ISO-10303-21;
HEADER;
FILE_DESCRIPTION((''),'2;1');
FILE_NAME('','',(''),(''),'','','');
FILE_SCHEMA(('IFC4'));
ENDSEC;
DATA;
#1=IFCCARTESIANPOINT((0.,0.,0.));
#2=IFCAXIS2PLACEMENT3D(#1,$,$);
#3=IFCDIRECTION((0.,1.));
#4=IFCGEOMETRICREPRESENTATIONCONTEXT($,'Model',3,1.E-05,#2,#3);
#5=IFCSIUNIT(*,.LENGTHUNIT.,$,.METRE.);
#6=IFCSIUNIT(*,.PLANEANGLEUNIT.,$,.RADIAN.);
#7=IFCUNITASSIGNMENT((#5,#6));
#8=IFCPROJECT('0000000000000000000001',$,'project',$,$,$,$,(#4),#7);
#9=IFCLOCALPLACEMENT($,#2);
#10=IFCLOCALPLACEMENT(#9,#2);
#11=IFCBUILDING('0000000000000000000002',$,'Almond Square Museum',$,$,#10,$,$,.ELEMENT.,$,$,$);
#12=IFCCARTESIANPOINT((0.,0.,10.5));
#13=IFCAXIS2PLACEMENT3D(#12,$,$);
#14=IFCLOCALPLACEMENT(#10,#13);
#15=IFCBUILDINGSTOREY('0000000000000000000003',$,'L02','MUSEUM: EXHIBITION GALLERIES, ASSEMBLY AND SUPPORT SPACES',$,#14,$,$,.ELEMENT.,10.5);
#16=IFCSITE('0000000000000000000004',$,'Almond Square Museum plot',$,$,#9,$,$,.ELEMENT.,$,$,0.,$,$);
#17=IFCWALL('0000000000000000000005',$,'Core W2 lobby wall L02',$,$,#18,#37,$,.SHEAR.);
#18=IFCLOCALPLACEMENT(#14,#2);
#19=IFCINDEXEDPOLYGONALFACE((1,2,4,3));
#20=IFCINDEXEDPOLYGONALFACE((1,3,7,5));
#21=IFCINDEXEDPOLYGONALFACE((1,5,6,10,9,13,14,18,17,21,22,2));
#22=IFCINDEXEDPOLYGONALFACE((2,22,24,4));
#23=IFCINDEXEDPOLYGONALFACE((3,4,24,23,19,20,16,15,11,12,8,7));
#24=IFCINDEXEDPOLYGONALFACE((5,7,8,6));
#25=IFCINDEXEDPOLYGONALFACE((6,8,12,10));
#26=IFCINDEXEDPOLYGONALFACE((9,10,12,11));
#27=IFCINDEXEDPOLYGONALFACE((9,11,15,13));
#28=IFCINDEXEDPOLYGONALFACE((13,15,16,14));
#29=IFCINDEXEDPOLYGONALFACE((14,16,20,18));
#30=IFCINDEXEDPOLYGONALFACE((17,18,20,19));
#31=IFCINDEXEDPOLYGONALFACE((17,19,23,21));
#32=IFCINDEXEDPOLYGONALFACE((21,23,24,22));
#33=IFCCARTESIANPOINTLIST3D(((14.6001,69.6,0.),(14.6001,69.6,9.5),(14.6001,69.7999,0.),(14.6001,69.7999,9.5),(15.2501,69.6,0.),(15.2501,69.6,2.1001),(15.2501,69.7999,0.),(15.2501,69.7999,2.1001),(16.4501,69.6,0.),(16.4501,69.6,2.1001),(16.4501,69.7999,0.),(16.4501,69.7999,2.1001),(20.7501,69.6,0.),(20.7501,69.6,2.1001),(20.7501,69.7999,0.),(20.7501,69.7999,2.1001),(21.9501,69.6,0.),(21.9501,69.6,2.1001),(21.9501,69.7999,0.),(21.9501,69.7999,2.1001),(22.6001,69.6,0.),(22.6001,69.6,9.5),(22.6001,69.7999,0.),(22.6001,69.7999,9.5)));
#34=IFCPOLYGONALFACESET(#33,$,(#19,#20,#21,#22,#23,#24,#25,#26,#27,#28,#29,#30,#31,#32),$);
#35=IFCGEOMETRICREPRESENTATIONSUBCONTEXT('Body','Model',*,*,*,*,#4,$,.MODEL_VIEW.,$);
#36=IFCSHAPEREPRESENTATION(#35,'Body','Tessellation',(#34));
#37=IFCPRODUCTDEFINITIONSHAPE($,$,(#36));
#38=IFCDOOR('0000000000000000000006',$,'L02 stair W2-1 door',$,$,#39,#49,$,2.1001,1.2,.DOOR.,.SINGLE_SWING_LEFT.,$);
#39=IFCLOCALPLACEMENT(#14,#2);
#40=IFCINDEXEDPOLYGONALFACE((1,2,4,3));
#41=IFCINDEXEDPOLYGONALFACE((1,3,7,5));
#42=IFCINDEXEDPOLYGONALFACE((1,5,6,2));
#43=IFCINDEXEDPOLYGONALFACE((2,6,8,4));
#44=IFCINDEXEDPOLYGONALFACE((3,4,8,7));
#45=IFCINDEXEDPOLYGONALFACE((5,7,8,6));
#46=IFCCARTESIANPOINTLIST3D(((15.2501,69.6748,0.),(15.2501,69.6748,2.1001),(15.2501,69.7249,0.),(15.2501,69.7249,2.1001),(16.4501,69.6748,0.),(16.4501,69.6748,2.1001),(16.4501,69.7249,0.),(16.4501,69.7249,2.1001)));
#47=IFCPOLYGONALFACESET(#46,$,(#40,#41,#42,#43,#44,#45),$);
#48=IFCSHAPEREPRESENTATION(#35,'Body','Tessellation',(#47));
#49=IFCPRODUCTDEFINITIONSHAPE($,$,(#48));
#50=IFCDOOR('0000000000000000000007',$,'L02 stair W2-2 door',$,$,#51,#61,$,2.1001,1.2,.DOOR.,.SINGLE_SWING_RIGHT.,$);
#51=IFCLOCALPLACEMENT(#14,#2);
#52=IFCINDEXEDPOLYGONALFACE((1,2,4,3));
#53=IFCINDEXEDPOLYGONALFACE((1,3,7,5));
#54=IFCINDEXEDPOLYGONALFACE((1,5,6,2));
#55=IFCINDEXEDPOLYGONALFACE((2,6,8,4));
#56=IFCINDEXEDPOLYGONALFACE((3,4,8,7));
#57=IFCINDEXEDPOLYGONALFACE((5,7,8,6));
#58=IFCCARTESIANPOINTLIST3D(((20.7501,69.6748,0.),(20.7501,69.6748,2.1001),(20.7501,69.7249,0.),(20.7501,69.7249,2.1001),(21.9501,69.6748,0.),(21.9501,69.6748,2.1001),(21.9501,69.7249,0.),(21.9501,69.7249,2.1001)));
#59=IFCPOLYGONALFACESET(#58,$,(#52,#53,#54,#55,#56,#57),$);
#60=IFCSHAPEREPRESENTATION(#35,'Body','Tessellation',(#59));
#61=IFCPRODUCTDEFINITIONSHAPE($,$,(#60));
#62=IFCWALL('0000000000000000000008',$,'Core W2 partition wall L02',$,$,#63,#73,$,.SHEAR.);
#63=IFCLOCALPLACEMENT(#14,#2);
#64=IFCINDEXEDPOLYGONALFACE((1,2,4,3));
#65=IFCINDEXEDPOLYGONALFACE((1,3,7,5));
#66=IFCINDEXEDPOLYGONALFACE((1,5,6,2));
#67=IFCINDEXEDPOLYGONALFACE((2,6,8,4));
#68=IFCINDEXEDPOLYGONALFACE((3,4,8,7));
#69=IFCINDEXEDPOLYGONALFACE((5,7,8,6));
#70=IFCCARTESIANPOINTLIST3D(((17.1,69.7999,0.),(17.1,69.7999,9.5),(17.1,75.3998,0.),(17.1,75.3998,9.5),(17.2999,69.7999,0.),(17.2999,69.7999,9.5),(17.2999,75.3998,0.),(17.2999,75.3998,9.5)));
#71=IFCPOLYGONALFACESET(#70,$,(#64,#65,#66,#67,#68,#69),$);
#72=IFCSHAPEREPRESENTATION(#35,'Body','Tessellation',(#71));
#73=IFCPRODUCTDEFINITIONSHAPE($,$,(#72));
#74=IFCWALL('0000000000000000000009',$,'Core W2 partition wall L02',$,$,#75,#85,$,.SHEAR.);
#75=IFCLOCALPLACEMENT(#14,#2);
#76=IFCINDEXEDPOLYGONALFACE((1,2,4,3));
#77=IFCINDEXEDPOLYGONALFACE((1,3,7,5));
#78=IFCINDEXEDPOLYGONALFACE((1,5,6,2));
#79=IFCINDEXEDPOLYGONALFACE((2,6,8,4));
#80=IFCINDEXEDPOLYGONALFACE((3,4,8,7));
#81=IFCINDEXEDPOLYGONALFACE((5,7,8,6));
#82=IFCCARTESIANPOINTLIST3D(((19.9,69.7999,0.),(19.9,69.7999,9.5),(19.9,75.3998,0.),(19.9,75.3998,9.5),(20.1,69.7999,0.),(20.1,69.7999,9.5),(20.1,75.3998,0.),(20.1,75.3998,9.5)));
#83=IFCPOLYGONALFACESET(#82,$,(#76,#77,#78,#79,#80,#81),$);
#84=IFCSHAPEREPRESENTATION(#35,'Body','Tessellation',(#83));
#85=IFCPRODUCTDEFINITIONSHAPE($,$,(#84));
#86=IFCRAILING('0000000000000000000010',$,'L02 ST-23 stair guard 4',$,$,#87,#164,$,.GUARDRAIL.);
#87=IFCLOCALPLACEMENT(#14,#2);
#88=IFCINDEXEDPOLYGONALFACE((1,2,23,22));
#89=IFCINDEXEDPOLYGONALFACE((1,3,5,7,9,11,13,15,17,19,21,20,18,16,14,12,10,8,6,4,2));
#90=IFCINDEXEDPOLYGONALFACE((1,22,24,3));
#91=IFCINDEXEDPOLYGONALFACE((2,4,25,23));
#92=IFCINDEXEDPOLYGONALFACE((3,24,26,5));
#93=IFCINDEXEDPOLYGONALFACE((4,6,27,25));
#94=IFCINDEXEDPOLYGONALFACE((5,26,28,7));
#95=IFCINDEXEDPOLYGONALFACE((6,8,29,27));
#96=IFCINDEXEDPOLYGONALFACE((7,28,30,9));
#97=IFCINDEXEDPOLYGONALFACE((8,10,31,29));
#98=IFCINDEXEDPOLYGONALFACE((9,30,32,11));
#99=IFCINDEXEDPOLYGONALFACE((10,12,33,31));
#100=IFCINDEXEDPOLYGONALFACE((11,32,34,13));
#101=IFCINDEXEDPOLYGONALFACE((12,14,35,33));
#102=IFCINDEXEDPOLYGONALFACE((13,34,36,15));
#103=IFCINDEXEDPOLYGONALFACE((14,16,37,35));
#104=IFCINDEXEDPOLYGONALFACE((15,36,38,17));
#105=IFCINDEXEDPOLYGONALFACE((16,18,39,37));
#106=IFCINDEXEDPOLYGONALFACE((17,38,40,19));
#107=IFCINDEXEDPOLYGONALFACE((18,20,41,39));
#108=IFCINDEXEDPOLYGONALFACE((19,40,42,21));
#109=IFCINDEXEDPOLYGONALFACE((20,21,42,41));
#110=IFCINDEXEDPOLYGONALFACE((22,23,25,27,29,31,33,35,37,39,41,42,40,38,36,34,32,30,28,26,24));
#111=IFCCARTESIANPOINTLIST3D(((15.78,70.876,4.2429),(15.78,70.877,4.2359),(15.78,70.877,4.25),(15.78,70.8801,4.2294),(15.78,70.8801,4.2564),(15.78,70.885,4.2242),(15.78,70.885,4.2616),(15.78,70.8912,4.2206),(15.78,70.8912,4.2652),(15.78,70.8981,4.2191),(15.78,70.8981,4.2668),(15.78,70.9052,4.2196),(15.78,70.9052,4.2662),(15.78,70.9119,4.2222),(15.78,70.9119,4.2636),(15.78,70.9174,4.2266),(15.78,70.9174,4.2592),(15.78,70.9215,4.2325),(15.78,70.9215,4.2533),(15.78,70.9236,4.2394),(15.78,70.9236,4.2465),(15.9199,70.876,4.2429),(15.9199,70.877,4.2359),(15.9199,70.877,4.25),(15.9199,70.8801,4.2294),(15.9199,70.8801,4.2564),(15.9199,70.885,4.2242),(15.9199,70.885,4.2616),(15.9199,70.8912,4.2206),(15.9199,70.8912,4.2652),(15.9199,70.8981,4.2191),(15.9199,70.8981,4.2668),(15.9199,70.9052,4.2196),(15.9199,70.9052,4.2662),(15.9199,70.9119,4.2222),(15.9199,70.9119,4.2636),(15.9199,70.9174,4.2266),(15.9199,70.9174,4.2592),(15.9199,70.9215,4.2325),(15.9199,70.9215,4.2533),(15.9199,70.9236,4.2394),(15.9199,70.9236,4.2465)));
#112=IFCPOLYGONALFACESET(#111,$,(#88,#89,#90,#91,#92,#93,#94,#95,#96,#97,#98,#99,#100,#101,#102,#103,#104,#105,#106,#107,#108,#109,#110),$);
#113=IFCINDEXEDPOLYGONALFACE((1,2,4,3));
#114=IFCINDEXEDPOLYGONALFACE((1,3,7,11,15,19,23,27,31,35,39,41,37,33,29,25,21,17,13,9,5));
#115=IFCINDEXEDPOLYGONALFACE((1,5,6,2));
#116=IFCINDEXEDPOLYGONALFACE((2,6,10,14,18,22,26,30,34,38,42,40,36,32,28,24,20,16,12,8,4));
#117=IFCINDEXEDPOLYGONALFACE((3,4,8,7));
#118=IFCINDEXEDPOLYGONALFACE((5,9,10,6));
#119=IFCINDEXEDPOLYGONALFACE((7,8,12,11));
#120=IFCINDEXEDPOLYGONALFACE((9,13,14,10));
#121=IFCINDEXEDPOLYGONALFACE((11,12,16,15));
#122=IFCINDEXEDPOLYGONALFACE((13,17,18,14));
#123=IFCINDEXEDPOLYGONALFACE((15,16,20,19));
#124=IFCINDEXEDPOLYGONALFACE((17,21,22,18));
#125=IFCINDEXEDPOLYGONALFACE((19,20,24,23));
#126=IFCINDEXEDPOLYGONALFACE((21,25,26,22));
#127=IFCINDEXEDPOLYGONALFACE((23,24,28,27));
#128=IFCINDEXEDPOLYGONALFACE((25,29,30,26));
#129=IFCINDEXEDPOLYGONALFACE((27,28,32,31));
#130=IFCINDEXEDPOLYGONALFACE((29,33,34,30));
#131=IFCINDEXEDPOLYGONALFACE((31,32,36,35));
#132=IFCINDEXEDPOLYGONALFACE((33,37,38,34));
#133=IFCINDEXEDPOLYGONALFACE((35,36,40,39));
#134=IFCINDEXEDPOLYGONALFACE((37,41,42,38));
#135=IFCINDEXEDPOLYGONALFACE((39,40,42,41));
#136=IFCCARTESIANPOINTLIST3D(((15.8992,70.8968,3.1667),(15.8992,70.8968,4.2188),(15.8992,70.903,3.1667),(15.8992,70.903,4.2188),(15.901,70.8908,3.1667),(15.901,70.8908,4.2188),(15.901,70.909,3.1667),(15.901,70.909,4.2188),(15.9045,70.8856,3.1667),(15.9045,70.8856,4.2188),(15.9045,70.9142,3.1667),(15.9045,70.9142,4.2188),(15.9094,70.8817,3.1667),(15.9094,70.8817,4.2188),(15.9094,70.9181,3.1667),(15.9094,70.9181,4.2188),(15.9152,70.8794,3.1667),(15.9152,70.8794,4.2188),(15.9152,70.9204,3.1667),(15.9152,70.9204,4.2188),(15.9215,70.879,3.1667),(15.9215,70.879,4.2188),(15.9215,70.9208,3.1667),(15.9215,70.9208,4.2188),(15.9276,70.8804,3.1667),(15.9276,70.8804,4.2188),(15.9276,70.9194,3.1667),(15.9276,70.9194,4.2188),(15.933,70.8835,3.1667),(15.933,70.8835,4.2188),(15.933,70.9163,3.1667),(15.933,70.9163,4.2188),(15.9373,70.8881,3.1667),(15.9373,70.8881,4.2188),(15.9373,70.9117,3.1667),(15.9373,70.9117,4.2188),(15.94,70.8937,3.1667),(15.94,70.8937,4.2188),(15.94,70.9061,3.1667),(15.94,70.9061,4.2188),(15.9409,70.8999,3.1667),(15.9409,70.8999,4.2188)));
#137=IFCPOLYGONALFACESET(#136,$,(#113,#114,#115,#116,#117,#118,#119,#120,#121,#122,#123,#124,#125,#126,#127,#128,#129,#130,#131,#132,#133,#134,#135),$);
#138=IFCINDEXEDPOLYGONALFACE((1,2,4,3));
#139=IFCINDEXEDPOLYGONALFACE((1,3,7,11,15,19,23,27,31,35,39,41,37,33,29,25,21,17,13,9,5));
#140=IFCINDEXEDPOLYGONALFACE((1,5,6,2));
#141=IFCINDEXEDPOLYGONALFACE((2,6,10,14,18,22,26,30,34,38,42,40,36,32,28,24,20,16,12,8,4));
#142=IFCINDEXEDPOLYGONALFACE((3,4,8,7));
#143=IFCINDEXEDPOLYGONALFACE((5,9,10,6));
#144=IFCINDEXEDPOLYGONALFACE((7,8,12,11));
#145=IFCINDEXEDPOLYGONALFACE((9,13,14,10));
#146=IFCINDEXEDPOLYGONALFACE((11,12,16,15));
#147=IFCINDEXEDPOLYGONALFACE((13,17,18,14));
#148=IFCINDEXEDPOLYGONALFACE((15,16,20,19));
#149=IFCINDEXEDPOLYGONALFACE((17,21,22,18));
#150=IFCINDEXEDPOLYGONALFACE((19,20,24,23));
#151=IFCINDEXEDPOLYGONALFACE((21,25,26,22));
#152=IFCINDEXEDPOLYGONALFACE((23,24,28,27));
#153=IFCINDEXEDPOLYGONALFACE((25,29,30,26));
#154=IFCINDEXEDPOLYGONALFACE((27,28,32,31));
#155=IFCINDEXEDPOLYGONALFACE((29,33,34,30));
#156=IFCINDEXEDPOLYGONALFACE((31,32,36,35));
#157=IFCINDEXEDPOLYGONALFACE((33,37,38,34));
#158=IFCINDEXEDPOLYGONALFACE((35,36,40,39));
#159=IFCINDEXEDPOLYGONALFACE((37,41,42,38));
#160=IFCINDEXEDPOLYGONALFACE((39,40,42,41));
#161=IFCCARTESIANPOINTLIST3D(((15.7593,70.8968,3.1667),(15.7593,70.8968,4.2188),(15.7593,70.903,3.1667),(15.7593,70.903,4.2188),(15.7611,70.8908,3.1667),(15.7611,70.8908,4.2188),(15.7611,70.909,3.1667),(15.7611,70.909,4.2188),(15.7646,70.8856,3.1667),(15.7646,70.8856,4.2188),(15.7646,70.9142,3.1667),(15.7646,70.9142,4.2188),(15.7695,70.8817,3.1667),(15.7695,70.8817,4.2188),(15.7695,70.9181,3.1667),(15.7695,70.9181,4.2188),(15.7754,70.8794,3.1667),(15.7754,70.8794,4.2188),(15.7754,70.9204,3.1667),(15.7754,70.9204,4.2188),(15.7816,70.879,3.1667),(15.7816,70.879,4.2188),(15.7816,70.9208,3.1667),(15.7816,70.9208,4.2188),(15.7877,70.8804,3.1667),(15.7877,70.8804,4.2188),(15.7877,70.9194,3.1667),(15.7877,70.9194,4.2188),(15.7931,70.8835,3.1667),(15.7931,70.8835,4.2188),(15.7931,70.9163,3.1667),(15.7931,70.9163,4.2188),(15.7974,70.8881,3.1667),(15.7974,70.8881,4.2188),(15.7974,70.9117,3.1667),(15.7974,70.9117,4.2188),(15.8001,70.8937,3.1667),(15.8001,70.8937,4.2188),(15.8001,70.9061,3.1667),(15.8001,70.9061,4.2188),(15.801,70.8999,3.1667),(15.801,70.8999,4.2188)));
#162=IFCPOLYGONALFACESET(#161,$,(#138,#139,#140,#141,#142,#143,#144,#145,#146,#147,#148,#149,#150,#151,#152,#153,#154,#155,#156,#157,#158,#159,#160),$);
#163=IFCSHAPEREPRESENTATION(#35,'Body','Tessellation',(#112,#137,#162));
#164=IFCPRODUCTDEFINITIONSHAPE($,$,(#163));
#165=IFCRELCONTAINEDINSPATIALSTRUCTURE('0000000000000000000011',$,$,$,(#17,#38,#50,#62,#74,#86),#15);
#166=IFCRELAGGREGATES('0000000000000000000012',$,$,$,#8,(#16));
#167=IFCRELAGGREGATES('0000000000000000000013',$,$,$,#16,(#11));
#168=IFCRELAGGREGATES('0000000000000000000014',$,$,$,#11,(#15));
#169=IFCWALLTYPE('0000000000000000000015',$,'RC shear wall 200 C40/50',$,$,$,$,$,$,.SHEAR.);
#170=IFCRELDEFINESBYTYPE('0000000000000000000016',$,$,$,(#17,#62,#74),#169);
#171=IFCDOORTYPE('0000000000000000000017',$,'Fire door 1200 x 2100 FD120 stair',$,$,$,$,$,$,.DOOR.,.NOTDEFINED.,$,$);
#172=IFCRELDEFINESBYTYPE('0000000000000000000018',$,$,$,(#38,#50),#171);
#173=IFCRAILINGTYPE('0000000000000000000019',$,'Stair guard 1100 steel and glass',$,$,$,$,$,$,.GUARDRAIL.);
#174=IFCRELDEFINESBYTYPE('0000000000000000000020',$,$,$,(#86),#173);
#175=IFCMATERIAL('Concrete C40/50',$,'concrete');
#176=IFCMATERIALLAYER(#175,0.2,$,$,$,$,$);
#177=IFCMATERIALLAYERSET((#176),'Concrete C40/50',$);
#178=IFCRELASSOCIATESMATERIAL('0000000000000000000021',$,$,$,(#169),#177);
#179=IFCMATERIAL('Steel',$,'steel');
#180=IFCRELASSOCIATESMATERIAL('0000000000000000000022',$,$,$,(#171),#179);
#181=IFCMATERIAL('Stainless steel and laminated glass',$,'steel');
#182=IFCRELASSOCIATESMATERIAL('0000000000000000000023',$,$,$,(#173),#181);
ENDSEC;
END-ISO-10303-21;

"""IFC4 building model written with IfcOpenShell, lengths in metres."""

from ifc_helpers import new_model, si_unit, direction, frame, frame_2d, origin, origin_2d, place, context, subcontext, project, spatial, rectangle, circle, extrude, material, layer, layer_set, type_object, element, fill, save


model = new_model("IFC4")

# Units and contexts
model_context = context("Model", 3, precision=1e-05, world=origin(), true_north=direction((0.0, 1.0)))
body_context = subcontext(model_context, "Body", "Model", "MODEL_VIEW")
ifc_project = project(units=[si_unit("LENGTHUNIT", "METRE"), si_unit("PLANEANGLEUNIT", "RADIAN")], contexts=[model_context])

# Site, building, storey
site_placement = place(None, origin())
site = spatial("IfcSite", under=ifc_project, at=site_placement, Name="Almond Square Museum plot", CompositionType="ELEMENT", RefElevation=0.0)
building_placement = place(site_placement, origin())
building = spatial("IfcBuilding", under=site, at=building_placement, Name="Almond Square Museum", CompositionType="ELEMENT")
storey_placement = place(building_placement, frame((0.0, 0.0, 10.5)))
storey = spatial("IfcBuildingStorey", under=building, at=storey_placement, Name="L02", Description="MUSEUM: EXHIBITION GALLERIES, ASSEMBLY AND SUPPORT SPACES", CompositionType="ELEMENT", Elevation=10.5)

# Shared definitions
ifc_material_1 = material(Name="Concrete C40/50", Category="concrete")
ifc_layer_1 = layer(ifc_material_1, 0.2)
ifc_layer_set_1 = layer_set([ifc_layer_1], Name="Concrete C40/50")
wall_type_1 = type_object("IfcWallType", Name="RC shear wall 200 C40/50", PredefinedType="SHEAR", material=ifc_layer_set_1)

# Wall, openings, doors
wall_1_placement = place(storey_placement, frame((14.6001, 69.7, 0.0), z_axis=(0.0, 0.0, 1.0), x_axis=(1.0, 0.0, 0.0)))
wall_1 = element("IfcWall", 1, at=wall_1_placement, inside=storey, type_object=wall_type_1, Name="Core W2 lobby wall L02", PredefinedType="SHEAR", context=body_context, shape_type="SweptSolid", body=[
    extrude(rectangle(XDim=8.0, YDim=0.2, at=frame_2d((4.0, 0.0))), origin(), (0.0, 0.0, 1.0), 9.5),
])
opening_1_placement = place(wall_1_placement, frame((0.6499, 0.0, 0.0)))
opening_1 = element("IfcOpeningElement", 2, at=opening_1_placement, cuts=wall_1, PredefinedType="OPENING", context=body_context, shape_type="SweptSolid", body=[
    extrude(rectangle(XDim=1.2, YDim=2.1001, at=frame_2d((0.6001, 1.05))), frame((0.0, 0.1099, 0.0), z_axis=(0.0, -1.0, 0.0), x_axis=(1.0, 0.0, 0.0)), (0.0, 0.0, 1.0), 0.22),
])
opening_2_placement = place(wall_1_placement, frame((6.1499, 0.0, 0.0)))
opening_2 = element("IfcOpeningElement", 3, at=opening_2_placement, cuts=wall_1, PredefinedType="OPENING", context=body_context, shape_type="SweptSolid", body=[
    extrude(rectangle(XDim=1.2, YDim=2.1001, at=frame_2d((0.6001, 1.05))), frame((0.0, 0.1099, 0.0), z_axis=(0.0, -1.0, 0.0), x_axis=(1.0, 0.0, 0.0)), (0.0, 0.0, 1.0), 0.22),
])
ifc_material_2 = material(Name="Steel", Category="steel")
door_type_1 = type_object("IfcDoorType", Name="Fire door 1200 x 2100 FD120 stair", OperationType="NOTDEFINED", PredefinedType="DOOR", material=ifc_material_2)
door_1_placement = place(opening_1_placement, origin())
door_1 = element("IfcDoor", 4, at=door_1_placement, inside=storey, type_object=door_type_1, Name="L02 stair W2-1 door", OperationType="SINGLE_SWING_LEFT", OverallHeight=2.1001, OverallWidth=1.2, PredefinedType="DOOR", context=body_context, shape_type="SweptSolid", body=[
    extrude(rectangle(XDim=1.2, YDim=2.1001, at=frame_2d((0.6001, 1.05))), frame((0.0, 0.0249, 0.0), z_axis=(0.0, -1.0, 0.0), x_axis=(1.0, 0.0, 0.0)), (0.0, 0.0, 1.0), 0.05),
])
fill(opening_1, door_1)
door_2_placement = place(opening_2_placement, origin())
door_2 = element("IfcDoor", 5, at=door_2_placement, inside=storey, type_object=door_type_1, Name="L02 stair W2-2 door", OperationType="SINGLE_SWING_RIGHT", OverallHeight=2.1001, OverallWidth=1.2, PredefinedType="DOOR", context=body_context, shape_type="SweptSolid", body=[
    extrude(rectangle(XDim=1.2, YDim=2.1001, at=frame_2d((0.6001, 1.05))), frame((0.0, 0.0249, 0.0), z_axis=(0.0, -1.0, 0.0), x_axis=(1.0, 0.0, 0.0)), (0.0, 0.0, 1.0), 0.05),
])
fill(opening_2, door_2)

# Walls
for number, where, z_axis, x_axis, name in (
    (6, (17.2, 69.8, 0.0), (0.0, 0.0, 1.0), (0.0, 1.0, 0.0), "Core W2 partition wall L02"),
    (7, (20.0, 69.8, 0.0), (0.0, 0.0, 1.0), (0.0, 1.0, 0.0), "Core W2 partition wall L02"),
):
    element("IfcWall", number, at=place(storey_placement, frame(where, z_axis=z_axis, x_axis=x_axis)), inside=storey, type_object=wall_type_1, Name=name, PredefinedType="SHEAR", context=body_context, shape_type="SweptSolid", body=[
        extrude(rectangle(XDim=5.5999, YDim=0.2, at=frame_2d((2.7998, 0.0))), origin(), (0.0, 0.0, 1.0), 9.5),
    ])

# Railing
ifc_material_3 = material(Name="Stainless steel and laminated glass", Category="steel")
railing_type = type_object("IfcRailingType", Name="Stair guard 1100 steel and glass", PredefinedType="GUARDRAIL", material=ifc_material_3)
for number, where, name in (
    (8, (15.9199, 70.8999, 3.1667), "L02 ST-23 stair guard 4"),
):
    element("IfcRailing", number, at=place(storey_placement, frame(where)), inside=storey, type_object=railing_type, Name=name, PredefinedType="GUARDRAIL", context=body_context, shape_type="SweptSolid", body=[
        extrude(circle(Radius=0.0239, at=origin_2d()), frame((0.0, 0.0, 1.0762), z_axis=(-1.0, 0.0, 0.0), x_axis=(0.0, -1.0, 0.0)), (0.0, 0.0, 1.0), 0.1399),
        extrude(circle(Radius=0.021, at=origin_2d()), origin(), (0.0, 0.0, 1.0), 1.052),
        extrude(circle(Radius=0.021, at=origin_2d()), frame((-0.1399, 0.0, 0.0)), (0.0, 0.0, 1.0), 1.052),
    ])

save(model, "model.ifc")
